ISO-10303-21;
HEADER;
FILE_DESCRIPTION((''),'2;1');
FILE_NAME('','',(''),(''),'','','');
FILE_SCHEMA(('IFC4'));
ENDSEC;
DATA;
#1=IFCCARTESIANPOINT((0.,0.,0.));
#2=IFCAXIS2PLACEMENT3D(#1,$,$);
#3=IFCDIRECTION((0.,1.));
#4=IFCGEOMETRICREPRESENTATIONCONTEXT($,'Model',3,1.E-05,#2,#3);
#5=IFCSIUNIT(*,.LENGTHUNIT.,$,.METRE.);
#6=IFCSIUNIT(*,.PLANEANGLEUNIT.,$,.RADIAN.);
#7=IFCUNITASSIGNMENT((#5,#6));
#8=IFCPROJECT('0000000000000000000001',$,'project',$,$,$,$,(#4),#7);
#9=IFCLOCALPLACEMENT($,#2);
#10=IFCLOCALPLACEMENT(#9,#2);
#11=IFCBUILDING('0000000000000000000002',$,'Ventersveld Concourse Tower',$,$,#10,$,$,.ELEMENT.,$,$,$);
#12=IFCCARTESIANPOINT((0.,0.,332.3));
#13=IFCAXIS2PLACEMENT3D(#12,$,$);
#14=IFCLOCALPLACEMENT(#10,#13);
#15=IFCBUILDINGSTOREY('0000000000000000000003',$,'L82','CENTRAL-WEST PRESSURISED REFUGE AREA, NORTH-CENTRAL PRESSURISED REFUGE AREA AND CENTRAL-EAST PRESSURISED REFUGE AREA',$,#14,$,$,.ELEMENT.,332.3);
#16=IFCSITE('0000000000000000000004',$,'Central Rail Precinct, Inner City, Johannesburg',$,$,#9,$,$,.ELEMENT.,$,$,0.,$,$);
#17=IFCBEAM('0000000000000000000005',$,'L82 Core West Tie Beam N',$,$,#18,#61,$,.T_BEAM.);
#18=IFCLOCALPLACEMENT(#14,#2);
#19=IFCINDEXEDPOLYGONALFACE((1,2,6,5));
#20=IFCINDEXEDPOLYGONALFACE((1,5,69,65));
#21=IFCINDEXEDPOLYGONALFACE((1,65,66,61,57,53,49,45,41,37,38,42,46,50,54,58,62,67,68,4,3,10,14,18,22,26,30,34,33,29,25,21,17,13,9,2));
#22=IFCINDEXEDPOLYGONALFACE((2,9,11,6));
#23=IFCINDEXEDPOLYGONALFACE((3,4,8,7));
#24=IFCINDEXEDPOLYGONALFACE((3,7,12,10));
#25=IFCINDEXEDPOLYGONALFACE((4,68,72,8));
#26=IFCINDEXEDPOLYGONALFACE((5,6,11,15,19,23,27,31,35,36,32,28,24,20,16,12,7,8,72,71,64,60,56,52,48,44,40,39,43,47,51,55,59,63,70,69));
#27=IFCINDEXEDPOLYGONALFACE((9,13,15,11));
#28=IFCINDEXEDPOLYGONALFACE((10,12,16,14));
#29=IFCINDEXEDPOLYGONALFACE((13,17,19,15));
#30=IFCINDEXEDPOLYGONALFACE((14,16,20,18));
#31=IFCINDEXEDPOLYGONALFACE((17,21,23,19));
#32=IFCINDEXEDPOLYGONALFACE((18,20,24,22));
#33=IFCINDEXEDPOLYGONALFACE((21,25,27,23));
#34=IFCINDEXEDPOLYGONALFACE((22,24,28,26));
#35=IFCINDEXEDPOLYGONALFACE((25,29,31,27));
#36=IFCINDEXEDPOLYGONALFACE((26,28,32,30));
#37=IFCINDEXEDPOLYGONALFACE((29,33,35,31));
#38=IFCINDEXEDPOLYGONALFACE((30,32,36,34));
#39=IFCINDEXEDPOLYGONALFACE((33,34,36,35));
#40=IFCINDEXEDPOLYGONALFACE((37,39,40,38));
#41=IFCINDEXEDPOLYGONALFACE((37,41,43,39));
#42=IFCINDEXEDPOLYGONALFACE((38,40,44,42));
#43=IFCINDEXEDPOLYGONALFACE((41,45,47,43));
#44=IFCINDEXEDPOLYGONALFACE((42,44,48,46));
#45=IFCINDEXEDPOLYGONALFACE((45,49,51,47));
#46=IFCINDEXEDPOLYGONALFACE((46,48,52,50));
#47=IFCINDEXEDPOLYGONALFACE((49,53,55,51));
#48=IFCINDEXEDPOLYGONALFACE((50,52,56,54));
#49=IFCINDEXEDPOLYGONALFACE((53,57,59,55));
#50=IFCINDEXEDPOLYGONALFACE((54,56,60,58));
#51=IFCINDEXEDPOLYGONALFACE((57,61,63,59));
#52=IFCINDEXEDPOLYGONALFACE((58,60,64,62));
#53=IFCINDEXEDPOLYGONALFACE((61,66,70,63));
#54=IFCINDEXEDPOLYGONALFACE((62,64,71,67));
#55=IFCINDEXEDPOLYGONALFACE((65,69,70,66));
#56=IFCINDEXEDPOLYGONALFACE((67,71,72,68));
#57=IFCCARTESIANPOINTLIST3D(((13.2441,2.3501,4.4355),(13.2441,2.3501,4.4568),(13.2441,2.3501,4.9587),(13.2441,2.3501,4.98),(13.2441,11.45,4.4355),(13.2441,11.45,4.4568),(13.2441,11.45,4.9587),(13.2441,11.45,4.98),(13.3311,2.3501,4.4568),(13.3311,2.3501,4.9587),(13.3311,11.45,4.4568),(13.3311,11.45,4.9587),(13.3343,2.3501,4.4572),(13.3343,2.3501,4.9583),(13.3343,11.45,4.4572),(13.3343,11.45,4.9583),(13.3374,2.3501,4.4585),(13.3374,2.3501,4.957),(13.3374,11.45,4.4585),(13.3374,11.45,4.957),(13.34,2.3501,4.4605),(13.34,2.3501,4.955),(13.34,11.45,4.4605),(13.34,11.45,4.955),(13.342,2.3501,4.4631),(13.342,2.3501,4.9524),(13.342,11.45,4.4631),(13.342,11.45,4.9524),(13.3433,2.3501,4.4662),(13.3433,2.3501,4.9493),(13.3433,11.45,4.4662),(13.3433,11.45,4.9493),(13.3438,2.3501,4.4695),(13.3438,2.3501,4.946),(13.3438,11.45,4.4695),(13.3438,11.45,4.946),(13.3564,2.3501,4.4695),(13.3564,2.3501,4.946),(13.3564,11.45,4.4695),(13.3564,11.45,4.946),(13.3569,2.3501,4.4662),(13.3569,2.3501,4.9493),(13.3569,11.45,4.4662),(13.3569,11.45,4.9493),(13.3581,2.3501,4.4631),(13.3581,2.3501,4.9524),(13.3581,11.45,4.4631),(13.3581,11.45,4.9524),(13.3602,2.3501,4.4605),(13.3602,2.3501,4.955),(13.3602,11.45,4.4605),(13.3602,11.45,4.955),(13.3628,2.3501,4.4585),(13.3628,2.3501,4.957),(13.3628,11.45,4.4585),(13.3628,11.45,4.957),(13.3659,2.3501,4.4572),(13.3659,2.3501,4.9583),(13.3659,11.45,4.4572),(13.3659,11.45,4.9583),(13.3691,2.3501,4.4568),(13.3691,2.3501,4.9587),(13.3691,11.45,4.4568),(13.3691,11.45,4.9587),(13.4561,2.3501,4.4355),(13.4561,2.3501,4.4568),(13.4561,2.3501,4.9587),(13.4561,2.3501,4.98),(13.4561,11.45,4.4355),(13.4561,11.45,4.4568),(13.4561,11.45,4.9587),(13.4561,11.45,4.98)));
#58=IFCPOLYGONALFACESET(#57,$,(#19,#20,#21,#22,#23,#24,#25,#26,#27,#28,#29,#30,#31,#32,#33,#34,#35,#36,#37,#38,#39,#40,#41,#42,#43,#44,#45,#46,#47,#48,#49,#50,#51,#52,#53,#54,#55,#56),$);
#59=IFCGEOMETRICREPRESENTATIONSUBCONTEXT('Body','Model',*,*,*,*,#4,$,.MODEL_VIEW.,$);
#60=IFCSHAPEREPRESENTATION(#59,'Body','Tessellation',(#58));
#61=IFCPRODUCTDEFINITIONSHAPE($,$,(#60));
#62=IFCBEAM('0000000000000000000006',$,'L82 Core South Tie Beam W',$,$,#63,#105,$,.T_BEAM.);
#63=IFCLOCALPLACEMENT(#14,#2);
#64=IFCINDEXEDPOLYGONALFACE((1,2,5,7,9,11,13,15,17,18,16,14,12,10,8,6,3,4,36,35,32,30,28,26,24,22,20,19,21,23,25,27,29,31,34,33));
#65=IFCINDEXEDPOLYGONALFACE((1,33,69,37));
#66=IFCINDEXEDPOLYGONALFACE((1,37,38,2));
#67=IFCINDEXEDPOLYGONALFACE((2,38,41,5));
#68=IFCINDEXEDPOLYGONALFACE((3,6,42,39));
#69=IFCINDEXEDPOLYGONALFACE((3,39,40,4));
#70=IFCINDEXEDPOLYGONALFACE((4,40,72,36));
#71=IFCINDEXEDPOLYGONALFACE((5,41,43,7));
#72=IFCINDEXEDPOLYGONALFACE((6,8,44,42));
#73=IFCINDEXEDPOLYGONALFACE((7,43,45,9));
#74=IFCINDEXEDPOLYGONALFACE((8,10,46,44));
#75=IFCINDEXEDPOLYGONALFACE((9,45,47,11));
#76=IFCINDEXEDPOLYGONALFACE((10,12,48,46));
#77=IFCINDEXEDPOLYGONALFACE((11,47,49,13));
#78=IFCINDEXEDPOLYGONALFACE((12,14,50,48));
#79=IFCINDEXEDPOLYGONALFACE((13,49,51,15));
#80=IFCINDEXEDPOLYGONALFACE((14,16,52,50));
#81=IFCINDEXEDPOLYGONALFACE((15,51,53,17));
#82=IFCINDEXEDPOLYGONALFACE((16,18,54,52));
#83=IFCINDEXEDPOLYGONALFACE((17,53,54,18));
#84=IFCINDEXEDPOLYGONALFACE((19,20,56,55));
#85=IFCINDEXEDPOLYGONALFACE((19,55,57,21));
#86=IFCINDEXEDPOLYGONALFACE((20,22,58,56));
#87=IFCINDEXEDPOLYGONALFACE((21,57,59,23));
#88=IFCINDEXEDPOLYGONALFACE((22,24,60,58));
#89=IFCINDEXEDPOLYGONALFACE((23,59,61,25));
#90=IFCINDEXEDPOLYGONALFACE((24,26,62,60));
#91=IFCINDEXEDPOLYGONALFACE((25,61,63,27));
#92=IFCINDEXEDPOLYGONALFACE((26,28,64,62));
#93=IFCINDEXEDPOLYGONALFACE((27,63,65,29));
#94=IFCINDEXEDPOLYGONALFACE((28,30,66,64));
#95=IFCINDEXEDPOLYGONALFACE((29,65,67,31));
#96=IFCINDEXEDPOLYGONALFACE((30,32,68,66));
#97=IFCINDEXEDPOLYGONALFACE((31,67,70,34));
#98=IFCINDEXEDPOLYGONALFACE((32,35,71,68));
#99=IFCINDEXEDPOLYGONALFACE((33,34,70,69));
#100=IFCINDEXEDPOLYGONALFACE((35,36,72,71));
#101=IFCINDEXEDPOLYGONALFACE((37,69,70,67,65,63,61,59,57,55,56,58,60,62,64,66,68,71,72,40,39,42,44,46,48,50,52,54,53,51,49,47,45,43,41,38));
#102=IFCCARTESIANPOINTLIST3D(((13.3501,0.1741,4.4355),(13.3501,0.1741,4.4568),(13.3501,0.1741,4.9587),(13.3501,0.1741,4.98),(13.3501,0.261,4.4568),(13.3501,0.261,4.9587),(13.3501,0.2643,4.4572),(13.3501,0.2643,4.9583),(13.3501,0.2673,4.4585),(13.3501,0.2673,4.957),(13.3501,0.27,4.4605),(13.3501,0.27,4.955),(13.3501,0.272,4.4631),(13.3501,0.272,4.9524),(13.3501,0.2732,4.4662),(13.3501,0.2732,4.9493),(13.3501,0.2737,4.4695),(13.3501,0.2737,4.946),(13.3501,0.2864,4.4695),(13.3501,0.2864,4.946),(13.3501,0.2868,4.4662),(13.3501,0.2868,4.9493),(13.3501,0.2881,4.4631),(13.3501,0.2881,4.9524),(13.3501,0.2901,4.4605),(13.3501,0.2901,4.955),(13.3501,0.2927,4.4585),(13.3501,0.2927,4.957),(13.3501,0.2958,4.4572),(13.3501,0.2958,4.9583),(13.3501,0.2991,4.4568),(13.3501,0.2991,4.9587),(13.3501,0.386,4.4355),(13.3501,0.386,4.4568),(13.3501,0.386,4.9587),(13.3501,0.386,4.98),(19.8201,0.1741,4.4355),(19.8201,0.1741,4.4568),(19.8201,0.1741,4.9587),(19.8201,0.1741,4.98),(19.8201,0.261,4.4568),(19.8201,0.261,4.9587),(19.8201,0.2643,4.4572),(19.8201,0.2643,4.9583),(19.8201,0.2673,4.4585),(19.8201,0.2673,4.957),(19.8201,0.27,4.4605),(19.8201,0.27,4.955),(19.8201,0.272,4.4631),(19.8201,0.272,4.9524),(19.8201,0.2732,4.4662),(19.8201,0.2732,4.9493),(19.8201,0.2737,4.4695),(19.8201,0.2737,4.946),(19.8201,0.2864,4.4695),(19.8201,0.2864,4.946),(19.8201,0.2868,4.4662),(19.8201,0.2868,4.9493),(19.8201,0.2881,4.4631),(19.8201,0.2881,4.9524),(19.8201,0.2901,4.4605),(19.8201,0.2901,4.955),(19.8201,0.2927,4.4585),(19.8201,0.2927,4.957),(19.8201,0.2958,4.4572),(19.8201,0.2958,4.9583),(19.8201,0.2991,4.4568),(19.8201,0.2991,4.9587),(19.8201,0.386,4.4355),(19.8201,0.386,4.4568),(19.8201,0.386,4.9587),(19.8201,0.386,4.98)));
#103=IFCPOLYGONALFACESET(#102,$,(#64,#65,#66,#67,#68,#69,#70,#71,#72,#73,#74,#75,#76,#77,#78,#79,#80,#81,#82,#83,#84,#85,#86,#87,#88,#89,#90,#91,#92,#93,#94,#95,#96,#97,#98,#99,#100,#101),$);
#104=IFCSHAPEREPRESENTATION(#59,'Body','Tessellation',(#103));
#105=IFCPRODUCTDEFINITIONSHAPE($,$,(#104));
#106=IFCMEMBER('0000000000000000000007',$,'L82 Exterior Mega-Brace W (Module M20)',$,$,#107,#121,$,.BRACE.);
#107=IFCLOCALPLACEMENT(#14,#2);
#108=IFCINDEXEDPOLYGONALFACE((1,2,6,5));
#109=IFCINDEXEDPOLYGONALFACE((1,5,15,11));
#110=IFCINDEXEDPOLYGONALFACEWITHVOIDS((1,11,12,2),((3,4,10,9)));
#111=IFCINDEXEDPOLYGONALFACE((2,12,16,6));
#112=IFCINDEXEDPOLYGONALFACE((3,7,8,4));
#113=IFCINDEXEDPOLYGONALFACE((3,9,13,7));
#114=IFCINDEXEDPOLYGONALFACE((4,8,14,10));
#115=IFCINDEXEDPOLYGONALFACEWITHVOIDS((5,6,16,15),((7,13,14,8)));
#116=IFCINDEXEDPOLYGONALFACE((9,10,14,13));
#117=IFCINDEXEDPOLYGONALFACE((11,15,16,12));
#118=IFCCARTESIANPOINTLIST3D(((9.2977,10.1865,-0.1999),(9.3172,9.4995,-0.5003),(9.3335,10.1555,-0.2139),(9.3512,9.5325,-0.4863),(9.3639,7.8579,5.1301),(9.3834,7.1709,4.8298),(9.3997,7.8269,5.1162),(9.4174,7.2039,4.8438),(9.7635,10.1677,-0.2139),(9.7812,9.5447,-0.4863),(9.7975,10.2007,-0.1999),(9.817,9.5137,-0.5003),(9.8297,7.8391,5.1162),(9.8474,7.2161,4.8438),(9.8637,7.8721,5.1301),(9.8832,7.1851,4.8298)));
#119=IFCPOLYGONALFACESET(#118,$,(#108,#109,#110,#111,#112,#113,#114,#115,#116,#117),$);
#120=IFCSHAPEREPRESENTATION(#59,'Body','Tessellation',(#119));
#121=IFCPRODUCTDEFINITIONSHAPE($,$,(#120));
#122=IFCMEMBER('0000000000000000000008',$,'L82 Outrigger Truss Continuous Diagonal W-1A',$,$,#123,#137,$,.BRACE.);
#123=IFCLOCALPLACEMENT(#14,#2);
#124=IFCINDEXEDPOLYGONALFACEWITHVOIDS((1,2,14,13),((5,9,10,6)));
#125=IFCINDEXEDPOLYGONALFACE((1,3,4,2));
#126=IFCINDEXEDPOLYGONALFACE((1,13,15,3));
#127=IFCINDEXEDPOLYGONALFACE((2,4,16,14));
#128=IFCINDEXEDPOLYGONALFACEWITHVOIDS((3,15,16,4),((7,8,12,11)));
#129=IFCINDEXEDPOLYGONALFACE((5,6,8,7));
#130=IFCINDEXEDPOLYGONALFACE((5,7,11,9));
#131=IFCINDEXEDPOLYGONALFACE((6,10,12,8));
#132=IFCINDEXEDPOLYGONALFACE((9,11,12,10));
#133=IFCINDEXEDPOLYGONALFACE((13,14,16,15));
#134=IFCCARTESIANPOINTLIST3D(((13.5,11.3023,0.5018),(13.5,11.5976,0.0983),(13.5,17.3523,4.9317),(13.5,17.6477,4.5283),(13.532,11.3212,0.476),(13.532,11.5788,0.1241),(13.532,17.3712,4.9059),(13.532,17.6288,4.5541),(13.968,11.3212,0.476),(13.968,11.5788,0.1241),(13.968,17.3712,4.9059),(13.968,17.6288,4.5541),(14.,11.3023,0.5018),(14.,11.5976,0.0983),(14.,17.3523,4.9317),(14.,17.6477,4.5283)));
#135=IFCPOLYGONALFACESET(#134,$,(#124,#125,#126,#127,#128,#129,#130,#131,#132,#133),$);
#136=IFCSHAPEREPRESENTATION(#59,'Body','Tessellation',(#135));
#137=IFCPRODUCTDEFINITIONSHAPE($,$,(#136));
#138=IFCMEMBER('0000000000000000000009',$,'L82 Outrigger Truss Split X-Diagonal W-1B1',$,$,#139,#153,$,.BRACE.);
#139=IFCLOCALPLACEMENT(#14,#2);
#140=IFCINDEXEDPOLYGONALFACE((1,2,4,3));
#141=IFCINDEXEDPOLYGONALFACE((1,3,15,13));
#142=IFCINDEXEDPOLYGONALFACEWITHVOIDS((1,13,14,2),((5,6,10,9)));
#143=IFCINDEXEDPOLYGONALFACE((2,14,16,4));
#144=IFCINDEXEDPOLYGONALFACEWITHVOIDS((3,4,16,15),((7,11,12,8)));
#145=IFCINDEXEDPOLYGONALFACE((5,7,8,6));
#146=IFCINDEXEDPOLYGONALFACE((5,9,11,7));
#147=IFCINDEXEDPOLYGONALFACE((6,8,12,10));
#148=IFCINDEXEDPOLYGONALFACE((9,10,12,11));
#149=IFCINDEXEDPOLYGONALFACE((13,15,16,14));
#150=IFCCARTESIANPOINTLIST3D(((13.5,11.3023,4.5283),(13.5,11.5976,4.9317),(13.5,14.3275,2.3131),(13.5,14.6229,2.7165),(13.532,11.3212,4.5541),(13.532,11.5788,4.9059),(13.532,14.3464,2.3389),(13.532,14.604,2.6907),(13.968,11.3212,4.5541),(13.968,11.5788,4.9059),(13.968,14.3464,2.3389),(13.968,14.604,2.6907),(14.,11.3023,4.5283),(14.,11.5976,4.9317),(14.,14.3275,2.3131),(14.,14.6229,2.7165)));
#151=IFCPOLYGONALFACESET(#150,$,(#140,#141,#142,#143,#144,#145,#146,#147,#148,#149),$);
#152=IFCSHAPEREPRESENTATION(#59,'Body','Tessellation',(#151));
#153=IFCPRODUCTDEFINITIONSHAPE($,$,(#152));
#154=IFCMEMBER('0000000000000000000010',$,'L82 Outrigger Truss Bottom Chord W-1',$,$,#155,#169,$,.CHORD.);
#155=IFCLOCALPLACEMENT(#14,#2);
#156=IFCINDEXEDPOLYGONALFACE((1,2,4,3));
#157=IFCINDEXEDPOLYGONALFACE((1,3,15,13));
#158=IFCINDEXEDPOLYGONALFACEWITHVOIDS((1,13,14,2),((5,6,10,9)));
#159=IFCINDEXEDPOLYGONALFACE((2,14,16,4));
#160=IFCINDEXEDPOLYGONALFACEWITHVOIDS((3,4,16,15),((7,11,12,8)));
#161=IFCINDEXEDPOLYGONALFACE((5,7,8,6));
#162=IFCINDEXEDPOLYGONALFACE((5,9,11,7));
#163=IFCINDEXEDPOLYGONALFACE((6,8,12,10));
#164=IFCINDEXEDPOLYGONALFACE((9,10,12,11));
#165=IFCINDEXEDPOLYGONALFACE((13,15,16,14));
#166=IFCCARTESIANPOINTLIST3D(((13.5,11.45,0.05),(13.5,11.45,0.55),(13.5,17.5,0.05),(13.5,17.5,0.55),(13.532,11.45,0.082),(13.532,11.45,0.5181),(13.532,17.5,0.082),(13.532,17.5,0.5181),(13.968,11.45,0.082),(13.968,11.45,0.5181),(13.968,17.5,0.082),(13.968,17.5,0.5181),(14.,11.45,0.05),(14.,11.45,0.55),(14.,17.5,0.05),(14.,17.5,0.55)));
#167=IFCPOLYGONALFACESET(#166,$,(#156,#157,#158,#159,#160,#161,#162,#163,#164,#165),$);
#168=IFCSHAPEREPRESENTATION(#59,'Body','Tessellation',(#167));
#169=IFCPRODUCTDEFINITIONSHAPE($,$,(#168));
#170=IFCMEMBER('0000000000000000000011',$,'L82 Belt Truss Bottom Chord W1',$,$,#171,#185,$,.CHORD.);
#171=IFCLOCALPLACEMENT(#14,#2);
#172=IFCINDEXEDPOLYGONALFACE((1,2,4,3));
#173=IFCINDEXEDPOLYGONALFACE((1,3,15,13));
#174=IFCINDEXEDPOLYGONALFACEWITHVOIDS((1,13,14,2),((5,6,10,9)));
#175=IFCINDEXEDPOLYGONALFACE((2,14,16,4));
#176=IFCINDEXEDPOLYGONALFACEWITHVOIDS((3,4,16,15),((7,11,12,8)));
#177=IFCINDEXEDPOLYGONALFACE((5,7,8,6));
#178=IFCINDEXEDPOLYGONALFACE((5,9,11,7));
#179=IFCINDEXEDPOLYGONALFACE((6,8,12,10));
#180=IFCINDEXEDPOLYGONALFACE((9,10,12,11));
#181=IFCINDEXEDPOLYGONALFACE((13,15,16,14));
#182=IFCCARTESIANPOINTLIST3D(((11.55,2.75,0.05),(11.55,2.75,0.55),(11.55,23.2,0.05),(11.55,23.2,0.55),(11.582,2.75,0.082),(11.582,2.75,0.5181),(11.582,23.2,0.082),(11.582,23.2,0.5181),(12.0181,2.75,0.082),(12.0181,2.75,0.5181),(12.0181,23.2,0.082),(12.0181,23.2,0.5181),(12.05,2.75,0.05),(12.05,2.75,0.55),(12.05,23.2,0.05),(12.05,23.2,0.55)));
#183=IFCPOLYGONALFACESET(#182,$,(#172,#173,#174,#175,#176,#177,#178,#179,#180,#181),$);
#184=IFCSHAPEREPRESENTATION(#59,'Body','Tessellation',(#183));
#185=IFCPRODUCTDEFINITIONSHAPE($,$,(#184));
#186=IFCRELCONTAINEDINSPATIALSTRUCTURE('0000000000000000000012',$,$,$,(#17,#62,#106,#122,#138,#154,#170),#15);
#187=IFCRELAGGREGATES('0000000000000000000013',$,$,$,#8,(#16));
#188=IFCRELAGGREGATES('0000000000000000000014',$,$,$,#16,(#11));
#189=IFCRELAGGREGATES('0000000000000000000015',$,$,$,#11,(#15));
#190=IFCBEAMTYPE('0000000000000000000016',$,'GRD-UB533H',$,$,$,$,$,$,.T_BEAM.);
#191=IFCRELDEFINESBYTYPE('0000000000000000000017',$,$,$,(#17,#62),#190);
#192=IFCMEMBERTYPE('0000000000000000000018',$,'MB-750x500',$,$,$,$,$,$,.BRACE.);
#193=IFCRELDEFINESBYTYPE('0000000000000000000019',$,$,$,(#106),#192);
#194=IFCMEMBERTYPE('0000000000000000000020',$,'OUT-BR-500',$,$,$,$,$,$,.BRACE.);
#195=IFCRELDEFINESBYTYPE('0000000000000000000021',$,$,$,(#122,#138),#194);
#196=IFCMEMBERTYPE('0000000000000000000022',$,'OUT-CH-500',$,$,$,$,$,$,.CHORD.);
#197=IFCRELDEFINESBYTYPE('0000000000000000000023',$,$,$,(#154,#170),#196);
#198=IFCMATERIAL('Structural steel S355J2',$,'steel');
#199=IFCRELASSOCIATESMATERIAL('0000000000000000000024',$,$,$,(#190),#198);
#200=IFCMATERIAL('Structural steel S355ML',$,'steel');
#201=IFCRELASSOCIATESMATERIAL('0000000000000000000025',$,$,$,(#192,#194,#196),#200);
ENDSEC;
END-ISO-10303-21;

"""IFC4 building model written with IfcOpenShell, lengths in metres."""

from ifc_helpers import new_model, si_unit, direction, frame, origin, origin_2d, place, context, subcontext, project, spatial, hollow_rectangle, i_section, extrude, material, material_profile, profile_set, type_object, element, save


model = new_model("IFC4")

# Units and contexts
model_context = context("Model", 3, precision=1e-05, world=origin(), true_north=direction((0.0, 1.0)))
body_context = subcontext(model_context, "Body", "Model", "MODEL_VIEW")
ifc_project = project(units=[si_unit("LENGTHUNIT", "METRE"), si_unit("PLANEANGLEUNIT", "RADIAN")], contexts=[model_context])

# Site, building, storey
site_placement = place(None, origin())
site = spatial("IfcSite", under=ifc_project, at=site_placement, Name="Central Rail Precinct, Inner City, Johannesburg", CompositionType="ELEMENT", RefElevation=0.0)
building_placement = place(site_placement, origin())
building = spatial("IfcBuilding", under=site, at=building_placement, Name="Ventersveld Concourse Tower", CompositionType="ELEMENT")
storey_placement = place(building_placement, frame((0.0, 0.0, 332.3)))
storey = spatial("IfcBuildingStorey", under=building, at=storey_placement, Name="L82", Description="CENTRAL-WEST PRESSURISED REFUGE AREA, NORTH-CENTRAL PRESSURISED REFUGE AREA AND CENTRAL-EAST PRESSURISED REFUGE AREA", CompositionType="ELEMENT", Elevation=332.3)

# Shared definitions
ifc_material_1 = material(Name="Structural steel S355ML", Category="steel")

# Beams
ifc_material_2 = material(Name="Structural steel S355J2", Category="steel")
ifc_material_profile_1 = material_profile(ifc_material_2, i_section(OverallWidth=0.2119, OverallDepth=0.5444, WebThickness=0.0127, FlangeThickness=0.0212, FilletRadius=0.0127, at=origin_2d()), Name="UB 533x210x122")
ifc_profile_set_1 = profile_set([ifc_material_profile_1], Name="Structural steel S355J2")
beam_type_1 = type_object("IfcBeamType", Name="GRD-UB533H", PredefinedType="T_BEAM", material=ifc_profile_set_1)
beam_1_placement = place(storey_placement, frame((13.3501, 2.3501, 4.7078), z_axis=(0.0, 1.0, 0.0), x_axis=(-1.0, 0.0, 0.0)))
element("IfcBeam", 1, at=beam_1_placement, inside=storey, type_object=beam_type_1, Name="L82 Core West Tie Beam N", PredefinedType="T_BEAM", context=body_context, shape_type="SweptSolid", body=[
    extrude(i_section(OverallWidth=0.2119, OverallDepth=0.5444, WebThickness=0.0127, FlangeThickness=0.0212, FilletRadius=0.0127, at=origin_2d()), origin(), (0.0, 0.0, 1.0), 9.0999),
])
beam_2_placement = place(storey_placement, frame((13.3501, 0.28, 4.7078), z_axis=(1.0, 0.0, 0.0), x_axis=(0.0, 1.0, 0.0)))
element("IfcBeam", 2, at=beam_2_placement, inside=storey, type_object=beam_type_1, Name="L82 Core South Tie Beam W", PredefinedType="T_BEAM", context=body_context, shape_type="SweptSolid", body=[
    extrude(i_section(OverallWidth=0.2119, OverallDepth=0.5444, WebThickness=0.0127, FlangeThickness=0.0212, FilletRadius=0.0127, at=origin_2d()), origin(), (0.0, 0.0, 1.0), 6.47),
])

# Members
ifc_material_profile_2 = material_profile(ifc_material_1, hollow_rectangle(XDim=0.5, YDim=0.75, WallThickness=0.0349, at=origin_2d()), Name="BOX 750x500x35")
ifc_profile_set_2 = profile_set([ifc_material_profile_2], Name="Structural steel S355ML")
member_type_1 = type_object("IfcMemberType", Name="MB-750x500", PredefinedType="BRACE", material=ifc_profile_set_2)
member_1_placement = place(storey_placement, frame((9.5574, 9.8501, -0.3501), z_axis=(0.011374, -0.400317, 0.916306), x_axis=(0.999597, 0.028401, 0.0)))
element("IfcMember", 3, at=member_1_placement, inside=storey, type_object=member_type_1, Name="L82 Exterior Mega-Brace W (Module M20)", PredefinedType="BRACE", context=body_context, shape_type="SweptSolid", body=[
    extrude(hollow_rectangle(XDim=0.5, YDim=0.75, WallThickness=0.0349, at=origin_2d()), origin(), (0.0, 0.0, 1.0), 5.8169),
])
ifc_material_profile_3 = material_profile(ifc_material_1, hollow_rectangle(XDim=0.5, YDim=0.5, WallThickness=0.032, at=origin_2d()), Name="BOX 500x500x32")
ifc_profile_set_3 = profile_set([ifc_material_profile_3], Name="Structural steel S355ML")
member_type_2 = type_object("IfcMemberType", Name="OUT-BR-500", PredefinedType="BRACE", material=ifc_profile_set_3)
member_2_placement = place(storey_placement, frame((13.75, 11.45, 0.3), z_axis=(0.0, 0.806835, 0.590776), x_axis=(-1.0, 0.0, 0.0)))
element("IfcMember", 4, at=member_2_placement, inside=storey, type_object=member_type_2, Name="L82 Outrigger Truss Continuous Diagonal W-1A", PredefinedType="BRACE", context=body_context, shape_type="SweptSolid", body=[
    extrude(hollow_rectangle(XDim=0.5, YDim=0.5, WallThickness=0.032, at=origin_2d()), origin(), (0.0, 0.0, 1.0), 7.4985),
])
member_3_placement = place(storey_placement, frame((13.75, 11.45, 4.73), z_axis=(0.0, 0.806831, -0.590782), x_axis=(-1.0, 0.0, 0.0)))
element("IfcMember", 5, at=member_3_placement, inside=storey, type_object=member_type_2, Name="L82 Outrigger Truss Split X-Diagonal W-1B1", PredefinedType="BRACE", context=body_context, shape_type="SweptSolid", body=[
    extrude(hollow_rectangle(XDim=0.5, YDim=0.5, WallThickness=0.032, at=origin_2d()), origin(), (0.0, 0.0, 1.0), 3.7495),
])
ifc_material_profile_4 = material_profile(ifc_material_1, hollow_rectangle(XDim=0.5, YDim=0.5, WallThickness=0.032, at=origin_2d()), Name="BOX 500x500x32")
ifc_profile_set_4 = profile_set([ifc_material_profile_4], Name="Structural steel S355ML")
member_type_3 = type_object("IfcMemberType", Name="OUT-CH-500", PredefinedType="CHORD", material=ifc_profile_set_4)
member_4_placement = place(storey_placement, frame((13.75, 11.45, 0.3), z_axis=(0.0, 1.0, 0.0), x_axis=(-1.0, 0.0, 0.0)))
element("IfcMember", 6, at=member_4_placement, inside=storey, type_object=member_type_3, Name="L82 Outrigger Truss Bottom Chord W-1", PredefinedType="CHORD", context=body_context, shape_type="SweptSolid", body=[
    extrude(hollow_rectangle(XDim=0.5, YDim=0.5, WallThickness=0.032, at=origin_2d()), origin(), (0.0, 0.0, 1.0), 6.05),
])
member_5_placement = place(storey_placement, frame((11.8, 2.75, 0.3), z_axis=(0.0, 1.0, 0.0), x_axis=(-1.0, 0.0, 0.0)))
element("IfcMember", 7, at=member_5_placement, inside=storey, type_object=member_type_3, Name="L82 Belt Truss Bottom Chord W1", PredefinedType="CHORD", context=body_context, shape_type="SweptSolid", body=[
    extrude(hollow_rectangle(XDim=0.5, YDim=0.5, WallThickness=0.032, at=origin_2d()), origin(), (0.0, 0.0, 1.0), 20.45),
])

save(model, "model.ifc")
